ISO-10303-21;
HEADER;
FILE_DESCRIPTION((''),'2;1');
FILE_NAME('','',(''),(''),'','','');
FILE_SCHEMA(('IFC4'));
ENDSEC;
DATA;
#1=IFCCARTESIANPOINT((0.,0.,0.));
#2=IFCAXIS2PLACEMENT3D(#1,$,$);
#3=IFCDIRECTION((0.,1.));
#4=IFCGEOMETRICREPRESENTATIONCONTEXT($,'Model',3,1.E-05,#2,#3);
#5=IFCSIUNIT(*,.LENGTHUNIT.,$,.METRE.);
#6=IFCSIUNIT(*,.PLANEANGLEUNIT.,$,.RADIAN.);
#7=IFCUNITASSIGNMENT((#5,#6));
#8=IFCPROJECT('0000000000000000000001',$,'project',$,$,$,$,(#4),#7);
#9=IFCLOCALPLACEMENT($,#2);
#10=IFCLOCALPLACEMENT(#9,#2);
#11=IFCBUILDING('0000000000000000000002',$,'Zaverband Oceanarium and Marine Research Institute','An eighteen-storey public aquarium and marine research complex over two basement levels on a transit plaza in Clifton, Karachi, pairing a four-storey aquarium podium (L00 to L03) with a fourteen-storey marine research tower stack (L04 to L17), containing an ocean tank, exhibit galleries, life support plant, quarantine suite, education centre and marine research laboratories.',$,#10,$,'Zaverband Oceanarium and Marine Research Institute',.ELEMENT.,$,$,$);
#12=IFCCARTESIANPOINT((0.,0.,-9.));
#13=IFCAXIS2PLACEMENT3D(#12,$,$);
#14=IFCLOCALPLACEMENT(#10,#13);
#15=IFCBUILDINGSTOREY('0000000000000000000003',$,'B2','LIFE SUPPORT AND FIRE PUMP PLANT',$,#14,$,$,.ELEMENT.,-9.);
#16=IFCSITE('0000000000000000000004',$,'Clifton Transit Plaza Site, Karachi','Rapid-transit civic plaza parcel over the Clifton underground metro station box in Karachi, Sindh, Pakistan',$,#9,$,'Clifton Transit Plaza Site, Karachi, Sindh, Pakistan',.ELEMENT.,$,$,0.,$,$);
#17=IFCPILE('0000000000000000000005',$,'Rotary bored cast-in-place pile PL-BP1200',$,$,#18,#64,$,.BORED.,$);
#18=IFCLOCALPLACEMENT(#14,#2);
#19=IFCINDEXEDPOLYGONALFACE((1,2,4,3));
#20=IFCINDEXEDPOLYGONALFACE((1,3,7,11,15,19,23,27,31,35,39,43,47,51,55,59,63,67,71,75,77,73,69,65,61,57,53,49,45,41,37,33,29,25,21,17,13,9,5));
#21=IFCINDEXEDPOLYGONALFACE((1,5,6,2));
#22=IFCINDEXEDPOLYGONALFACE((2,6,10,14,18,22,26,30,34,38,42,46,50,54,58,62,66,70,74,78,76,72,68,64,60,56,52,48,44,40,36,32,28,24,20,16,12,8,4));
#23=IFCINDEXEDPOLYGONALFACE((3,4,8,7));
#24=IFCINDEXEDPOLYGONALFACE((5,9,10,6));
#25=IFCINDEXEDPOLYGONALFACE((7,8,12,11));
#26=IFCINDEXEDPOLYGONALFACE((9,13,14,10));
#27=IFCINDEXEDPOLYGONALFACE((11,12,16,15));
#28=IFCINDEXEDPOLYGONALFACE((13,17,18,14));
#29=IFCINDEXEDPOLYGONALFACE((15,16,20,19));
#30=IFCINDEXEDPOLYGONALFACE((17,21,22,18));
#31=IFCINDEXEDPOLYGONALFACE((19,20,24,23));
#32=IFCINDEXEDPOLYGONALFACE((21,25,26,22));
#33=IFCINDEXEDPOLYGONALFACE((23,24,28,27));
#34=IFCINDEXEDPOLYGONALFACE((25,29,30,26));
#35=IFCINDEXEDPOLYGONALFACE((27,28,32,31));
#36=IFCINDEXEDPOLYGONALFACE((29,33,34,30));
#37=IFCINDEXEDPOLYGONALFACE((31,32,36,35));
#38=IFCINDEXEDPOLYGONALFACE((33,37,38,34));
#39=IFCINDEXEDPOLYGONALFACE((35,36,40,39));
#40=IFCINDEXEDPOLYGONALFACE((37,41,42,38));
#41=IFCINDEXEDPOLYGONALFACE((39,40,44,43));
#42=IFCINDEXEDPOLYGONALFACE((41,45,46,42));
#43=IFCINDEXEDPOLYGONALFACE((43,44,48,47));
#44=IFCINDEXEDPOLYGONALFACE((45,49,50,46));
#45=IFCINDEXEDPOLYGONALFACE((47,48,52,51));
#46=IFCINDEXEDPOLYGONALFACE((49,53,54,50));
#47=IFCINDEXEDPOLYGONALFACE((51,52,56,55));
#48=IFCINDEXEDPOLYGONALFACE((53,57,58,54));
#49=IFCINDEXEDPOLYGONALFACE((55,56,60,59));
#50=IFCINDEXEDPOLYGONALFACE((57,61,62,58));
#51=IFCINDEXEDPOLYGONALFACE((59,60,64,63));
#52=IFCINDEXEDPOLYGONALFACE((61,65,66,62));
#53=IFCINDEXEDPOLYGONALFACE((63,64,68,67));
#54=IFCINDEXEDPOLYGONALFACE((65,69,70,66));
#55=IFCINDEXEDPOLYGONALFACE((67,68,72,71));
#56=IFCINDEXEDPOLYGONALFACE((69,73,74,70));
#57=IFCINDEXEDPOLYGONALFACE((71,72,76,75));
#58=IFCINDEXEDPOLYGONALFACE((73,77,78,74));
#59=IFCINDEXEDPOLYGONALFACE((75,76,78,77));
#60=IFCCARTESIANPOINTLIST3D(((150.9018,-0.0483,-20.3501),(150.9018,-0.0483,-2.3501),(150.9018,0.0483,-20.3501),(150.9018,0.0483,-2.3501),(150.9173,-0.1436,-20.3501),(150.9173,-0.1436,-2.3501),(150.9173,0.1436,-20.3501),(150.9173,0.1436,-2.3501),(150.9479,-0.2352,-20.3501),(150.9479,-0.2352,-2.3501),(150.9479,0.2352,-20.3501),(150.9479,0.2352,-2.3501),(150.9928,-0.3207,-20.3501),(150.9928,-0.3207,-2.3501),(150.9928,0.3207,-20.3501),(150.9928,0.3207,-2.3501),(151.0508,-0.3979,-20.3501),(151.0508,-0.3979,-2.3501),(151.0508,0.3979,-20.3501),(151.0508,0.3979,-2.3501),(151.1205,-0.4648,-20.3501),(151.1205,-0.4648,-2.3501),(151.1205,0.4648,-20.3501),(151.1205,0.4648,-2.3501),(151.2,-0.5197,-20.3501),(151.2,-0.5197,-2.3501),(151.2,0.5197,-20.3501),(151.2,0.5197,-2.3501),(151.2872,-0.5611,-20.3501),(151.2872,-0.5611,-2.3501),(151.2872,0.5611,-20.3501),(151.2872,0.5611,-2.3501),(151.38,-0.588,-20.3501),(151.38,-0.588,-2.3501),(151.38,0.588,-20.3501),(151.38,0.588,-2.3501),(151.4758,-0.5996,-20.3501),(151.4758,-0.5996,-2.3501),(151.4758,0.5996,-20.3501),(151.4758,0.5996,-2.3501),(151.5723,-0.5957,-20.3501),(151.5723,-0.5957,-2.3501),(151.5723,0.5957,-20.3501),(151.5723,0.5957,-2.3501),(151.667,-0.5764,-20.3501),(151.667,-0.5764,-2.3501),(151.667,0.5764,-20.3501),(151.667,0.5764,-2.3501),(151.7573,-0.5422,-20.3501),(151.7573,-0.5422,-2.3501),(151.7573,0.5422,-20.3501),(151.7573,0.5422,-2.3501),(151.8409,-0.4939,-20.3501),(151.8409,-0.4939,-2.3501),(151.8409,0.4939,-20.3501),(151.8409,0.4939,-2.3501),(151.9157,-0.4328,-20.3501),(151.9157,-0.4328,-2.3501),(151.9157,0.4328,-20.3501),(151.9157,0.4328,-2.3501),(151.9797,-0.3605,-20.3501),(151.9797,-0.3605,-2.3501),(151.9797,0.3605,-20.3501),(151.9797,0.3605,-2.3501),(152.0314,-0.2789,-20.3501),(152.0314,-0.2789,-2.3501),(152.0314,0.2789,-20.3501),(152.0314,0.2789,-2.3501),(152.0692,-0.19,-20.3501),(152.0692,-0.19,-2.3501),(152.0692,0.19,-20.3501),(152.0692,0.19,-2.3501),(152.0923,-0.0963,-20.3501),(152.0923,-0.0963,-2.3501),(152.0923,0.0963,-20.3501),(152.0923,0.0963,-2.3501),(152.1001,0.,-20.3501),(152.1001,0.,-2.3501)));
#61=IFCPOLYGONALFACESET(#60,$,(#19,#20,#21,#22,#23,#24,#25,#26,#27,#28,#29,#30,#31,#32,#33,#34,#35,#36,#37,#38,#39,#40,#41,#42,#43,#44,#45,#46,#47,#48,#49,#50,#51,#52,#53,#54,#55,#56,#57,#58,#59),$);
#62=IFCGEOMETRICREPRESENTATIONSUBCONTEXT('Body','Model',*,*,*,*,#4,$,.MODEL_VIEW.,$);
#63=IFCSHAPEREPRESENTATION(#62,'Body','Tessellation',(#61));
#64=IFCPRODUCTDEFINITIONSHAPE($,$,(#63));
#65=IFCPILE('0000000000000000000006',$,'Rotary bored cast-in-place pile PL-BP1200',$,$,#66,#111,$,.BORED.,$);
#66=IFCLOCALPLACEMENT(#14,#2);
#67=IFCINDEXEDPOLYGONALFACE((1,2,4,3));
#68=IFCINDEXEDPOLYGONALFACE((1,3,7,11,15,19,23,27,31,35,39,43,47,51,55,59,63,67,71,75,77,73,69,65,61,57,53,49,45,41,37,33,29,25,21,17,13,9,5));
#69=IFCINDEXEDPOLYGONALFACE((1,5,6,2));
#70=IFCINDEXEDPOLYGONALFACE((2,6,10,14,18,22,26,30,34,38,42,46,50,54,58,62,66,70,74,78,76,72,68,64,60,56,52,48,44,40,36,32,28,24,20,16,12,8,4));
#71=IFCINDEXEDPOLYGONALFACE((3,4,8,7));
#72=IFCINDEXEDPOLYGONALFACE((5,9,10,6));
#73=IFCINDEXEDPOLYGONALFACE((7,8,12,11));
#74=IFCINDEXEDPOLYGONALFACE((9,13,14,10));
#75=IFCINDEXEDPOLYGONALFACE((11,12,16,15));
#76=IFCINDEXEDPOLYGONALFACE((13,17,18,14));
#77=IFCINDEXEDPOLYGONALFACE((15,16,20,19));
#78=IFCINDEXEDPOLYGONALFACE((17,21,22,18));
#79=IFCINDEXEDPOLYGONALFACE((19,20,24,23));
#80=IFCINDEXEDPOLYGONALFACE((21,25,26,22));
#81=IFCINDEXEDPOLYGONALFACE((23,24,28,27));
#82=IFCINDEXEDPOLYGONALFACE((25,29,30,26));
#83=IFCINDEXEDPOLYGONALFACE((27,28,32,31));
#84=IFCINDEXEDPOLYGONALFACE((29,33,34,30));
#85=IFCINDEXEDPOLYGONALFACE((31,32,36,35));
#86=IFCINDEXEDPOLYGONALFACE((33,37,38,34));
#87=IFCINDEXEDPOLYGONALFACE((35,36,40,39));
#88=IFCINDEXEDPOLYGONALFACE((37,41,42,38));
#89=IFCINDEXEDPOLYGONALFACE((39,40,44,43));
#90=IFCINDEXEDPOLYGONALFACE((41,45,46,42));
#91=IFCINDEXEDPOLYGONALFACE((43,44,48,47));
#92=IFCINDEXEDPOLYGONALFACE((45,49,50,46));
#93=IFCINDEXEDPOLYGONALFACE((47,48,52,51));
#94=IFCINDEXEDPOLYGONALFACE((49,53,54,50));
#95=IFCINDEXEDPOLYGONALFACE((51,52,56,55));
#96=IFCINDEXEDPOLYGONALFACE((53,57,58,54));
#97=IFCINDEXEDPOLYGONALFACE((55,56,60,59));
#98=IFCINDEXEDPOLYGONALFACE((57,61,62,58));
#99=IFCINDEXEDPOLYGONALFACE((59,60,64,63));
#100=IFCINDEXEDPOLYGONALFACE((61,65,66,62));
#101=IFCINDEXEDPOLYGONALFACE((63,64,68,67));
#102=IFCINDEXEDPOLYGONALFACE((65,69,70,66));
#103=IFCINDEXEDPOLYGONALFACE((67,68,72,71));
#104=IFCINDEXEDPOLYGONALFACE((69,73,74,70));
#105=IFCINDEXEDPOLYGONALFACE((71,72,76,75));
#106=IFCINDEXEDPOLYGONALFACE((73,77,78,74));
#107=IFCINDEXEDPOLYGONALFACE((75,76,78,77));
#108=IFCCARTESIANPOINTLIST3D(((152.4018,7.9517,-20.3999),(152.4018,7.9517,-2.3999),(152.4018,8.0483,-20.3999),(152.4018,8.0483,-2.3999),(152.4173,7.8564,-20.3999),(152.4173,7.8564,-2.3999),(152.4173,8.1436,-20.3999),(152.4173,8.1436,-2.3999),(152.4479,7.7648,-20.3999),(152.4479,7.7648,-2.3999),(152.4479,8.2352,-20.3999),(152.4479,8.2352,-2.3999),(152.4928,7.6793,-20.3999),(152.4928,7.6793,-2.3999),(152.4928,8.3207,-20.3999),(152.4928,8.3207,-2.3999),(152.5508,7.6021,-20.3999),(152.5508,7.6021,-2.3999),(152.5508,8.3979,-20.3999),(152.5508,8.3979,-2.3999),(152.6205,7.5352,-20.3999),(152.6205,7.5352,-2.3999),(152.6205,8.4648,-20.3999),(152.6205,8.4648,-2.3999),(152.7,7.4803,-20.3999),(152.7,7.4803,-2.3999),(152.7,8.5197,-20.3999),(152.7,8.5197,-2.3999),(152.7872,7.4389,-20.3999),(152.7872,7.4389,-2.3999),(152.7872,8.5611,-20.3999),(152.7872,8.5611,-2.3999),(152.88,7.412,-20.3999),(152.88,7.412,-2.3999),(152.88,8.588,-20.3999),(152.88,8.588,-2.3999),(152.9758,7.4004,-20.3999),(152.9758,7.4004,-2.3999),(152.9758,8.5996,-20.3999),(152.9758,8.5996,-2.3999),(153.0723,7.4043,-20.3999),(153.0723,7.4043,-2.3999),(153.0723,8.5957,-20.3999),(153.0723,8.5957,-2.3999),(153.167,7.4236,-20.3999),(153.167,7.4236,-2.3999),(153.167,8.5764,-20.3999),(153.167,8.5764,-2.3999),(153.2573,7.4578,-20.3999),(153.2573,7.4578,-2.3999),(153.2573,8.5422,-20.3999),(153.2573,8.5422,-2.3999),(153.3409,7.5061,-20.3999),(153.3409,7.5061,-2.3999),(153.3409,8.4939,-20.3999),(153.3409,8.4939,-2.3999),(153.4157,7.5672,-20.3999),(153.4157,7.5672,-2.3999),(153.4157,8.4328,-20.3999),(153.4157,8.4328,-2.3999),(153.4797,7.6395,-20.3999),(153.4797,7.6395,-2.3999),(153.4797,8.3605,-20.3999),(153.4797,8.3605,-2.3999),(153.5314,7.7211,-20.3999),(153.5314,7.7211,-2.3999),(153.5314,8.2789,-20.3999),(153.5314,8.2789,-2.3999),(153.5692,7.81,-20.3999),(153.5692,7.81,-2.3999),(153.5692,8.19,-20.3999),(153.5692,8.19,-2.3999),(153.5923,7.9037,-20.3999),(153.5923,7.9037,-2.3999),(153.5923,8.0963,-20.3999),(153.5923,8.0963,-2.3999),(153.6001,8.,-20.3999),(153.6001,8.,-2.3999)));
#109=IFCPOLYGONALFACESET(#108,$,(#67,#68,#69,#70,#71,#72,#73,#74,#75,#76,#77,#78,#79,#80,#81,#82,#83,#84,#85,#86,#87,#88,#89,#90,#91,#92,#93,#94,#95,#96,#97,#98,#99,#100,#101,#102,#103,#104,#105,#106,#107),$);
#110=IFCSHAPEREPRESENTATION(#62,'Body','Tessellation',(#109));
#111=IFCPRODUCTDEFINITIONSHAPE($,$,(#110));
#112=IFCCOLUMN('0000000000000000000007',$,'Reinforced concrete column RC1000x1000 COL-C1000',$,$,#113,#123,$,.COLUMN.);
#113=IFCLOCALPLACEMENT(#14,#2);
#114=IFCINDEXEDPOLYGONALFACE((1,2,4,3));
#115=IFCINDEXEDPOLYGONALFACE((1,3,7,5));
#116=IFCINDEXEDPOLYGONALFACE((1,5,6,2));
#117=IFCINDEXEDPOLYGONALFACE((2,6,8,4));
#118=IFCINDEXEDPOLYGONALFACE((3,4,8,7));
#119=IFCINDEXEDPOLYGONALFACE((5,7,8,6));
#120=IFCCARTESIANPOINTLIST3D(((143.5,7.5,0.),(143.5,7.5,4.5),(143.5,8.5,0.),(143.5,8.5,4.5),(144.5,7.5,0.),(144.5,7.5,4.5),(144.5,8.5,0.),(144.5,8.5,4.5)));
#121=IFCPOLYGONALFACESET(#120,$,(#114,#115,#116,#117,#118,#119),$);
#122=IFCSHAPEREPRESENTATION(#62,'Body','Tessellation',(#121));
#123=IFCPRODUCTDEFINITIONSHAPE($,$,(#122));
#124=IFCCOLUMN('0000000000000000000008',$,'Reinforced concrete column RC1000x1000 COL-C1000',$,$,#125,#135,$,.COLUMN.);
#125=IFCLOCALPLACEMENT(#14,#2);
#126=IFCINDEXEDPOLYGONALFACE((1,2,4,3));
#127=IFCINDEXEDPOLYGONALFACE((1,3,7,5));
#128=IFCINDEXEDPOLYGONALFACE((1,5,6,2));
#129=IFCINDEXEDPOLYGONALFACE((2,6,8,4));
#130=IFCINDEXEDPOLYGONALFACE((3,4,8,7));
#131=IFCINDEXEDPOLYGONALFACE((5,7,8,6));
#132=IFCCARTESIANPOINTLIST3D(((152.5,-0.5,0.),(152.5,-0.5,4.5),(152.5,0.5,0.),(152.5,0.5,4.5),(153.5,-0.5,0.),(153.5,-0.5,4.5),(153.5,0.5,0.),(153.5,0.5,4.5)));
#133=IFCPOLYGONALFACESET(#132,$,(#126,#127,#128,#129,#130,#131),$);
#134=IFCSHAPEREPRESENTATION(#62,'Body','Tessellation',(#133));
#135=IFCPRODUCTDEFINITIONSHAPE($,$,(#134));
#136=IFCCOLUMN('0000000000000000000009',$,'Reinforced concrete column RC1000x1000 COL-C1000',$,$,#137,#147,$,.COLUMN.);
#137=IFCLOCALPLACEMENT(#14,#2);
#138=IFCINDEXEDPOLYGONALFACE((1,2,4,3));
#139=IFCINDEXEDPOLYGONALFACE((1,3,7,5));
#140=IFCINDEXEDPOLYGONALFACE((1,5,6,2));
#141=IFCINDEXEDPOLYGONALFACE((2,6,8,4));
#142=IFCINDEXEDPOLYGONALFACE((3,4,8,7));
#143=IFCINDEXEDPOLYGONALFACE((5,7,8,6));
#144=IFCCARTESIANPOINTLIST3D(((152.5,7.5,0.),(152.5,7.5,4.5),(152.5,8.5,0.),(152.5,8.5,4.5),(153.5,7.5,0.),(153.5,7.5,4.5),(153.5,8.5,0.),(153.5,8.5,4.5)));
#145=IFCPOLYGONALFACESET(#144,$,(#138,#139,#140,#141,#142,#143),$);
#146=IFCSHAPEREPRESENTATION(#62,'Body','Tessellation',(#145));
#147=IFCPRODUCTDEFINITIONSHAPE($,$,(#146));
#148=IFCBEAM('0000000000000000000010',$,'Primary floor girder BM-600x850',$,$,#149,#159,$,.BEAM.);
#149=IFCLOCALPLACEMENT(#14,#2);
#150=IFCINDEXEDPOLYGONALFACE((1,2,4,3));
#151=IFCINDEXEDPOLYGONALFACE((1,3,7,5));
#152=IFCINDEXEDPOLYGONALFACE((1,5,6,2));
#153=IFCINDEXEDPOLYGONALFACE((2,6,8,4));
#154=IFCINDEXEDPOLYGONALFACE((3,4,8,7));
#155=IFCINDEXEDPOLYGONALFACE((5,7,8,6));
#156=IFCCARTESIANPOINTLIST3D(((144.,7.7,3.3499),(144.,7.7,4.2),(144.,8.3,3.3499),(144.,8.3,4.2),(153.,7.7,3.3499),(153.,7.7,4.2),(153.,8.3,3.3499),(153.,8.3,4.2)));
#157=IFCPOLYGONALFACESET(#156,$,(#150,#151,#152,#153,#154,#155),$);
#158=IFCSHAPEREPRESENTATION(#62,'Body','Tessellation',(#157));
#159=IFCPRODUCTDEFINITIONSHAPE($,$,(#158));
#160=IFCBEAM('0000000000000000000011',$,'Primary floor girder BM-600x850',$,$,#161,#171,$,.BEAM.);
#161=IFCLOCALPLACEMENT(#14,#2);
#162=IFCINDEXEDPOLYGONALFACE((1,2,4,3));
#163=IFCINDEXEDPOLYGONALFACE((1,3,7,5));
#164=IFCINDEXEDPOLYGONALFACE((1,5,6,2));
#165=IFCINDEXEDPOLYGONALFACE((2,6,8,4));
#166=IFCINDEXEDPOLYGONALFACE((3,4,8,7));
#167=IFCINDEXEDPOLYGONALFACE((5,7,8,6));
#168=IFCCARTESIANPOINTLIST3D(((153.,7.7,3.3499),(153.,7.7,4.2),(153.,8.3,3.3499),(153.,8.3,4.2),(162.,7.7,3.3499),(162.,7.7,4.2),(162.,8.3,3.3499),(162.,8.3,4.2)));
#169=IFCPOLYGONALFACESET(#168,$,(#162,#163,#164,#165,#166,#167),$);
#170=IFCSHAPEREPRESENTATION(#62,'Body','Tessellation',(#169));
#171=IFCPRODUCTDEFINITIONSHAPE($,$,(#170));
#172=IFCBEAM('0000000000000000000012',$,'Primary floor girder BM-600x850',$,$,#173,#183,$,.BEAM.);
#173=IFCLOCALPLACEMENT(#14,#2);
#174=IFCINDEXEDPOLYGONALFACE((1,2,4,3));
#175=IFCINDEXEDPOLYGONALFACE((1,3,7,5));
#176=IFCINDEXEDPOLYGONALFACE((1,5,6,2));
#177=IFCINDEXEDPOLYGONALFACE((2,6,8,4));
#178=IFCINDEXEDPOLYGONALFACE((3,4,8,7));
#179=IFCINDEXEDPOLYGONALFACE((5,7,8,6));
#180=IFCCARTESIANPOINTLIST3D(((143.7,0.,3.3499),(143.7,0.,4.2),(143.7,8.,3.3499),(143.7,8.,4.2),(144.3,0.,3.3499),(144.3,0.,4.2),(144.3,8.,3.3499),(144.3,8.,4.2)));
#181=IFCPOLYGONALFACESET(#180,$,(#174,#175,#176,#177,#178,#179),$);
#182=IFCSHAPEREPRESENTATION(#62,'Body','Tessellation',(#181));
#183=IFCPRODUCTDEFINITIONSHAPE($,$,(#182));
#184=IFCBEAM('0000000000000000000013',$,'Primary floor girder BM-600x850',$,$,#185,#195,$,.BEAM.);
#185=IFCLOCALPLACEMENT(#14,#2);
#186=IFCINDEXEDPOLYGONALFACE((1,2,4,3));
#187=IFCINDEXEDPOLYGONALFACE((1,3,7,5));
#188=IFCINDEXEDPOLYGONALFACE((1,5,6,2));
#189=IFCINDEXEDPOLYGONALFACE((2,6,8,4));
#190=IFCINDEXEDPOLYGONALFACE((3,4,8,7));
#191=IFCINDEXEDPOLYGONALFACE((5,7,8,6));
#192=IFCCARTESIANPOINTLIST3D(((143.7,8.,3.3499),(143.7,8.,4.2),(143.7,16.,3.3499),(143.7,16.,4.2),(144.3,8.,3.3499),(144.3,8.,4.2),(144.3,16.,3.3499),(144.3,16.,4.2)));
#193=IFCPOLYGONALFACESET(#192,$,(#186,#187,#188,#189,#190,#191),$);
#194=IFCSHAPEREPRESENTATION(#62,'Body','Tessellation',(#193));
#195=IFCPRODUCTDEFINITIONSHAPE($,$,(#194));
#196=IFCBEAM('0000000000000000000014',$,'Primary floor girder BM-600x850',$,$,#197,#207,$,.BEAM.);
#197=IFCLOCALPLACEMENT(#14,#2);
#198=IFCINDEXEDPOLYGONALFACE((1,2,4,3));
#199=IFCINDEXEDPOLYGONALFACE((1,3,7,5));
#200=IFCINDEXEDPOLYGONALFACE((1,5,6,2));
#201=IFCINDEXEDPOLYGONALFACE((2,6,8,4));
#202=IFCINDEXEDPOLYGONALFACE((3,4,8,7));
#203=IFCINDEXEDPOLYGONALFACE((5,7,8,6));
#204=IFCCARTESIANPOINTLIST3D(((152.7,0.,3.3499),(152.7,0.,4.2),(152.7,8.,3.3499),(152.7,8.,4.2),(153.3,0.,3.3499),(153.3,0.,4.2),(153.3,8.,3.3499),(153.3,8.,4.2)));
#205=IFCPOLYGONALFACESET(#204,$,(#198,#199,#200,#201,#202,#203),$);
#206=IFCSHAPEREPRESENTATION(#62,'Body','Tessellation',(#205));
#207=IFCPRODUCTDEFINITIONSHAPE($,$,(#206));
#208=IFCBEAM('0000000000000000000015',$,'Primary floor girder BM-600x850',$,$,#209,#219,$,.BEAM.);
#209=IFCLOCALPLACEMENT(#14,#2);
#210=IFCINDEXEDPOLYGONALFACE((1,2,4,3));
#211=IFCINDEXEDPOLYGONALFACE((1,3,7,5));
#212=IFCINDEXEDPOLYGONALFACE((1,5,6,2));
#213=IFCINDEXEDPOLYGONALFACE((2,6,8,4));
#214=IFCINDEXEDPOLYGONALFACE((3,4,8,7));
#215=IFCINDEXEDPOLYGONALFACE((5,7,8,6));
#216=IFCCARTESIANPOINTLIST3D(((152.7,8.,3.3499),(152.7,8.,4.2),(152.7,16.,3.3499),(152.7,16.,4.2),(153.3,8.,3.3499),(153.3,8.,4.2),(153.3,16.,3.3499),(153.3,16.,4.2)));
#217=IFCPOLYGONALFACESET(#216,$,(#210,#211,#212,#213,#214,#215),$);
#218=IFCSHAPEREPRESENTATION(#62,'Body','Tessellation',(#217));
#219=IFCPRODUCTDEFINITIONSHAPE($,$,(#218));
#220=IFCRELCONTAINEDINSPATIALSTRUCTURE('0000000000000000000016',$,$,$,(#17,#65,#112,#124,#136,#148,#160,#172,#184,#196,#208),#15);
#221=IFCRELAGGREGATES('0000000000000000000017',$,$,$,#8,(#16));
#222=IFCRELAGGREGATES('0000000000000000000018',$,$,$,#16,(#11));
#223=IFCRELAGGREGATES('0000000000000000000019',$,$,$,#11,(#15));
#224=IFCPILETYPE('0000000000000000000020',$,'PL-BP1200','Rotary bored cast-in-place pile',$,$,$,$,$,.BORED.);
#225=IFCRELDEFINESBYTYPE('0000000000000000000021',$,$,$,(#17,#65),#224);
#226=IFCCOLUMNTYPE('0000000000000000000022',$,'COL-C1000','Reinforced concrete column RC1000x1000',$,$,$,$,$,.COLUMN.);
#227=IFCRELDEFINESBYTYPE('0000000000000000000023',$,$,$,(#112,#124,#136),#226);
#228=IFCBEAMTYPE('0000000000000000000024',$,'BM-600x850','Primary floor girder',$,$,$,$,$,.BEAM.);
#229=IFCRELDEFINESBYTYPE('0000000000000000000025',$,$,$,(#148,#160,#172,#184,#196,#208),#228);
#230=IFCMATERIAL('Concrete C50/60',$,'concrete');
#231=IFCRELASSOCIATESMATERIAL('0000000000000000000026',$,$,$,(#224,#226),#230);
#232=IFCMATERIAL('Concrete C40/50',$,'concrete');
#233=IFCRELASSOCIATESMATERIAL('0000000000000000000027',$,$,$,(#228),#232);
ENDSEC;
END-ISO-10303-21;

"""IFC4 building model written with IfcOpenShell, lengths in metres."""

from ifc_helpers import new_model, si_unit, direction, frame, origin, origin_2d, place, context, subcontext, project, spatial, rectangle, circle, extrude, material, material_profile, profile_set, type_object, element, save


model = new_model("IFC4")

# Units and contexts
model_context = context("Model", 3, precision=1e-05, world=origin(), true_north=direction((0.0, 1.0)))
body_context = subcontext(model_context, "Body", "Model", "MODEL_VIEW")
ifc_project = project(units=[si_unit("LENGTHUNIT", "METRE"), si_unit("PLANEANGLEUNIT", "RADIAN")], contexts=[model_context])

# Site, building, storey
site_placement = place(None, origin())
site = spatial("IfcSite", under=ifc_project, at=site_placement, Name="Clifton Transit Plaza Site, Karachi", Description="Rapid-transit civic plaza parcel over the Clifton underground metro station box in Karachi, Sindh, Pakistan", LongName="Clifton Transit Plaza Site, Karachi, Sindh, Pakistan", CompositionType="ELEMENT", RefElevation=0.0)
building_placement = place(site_placement, origin())
building = spatial("IfcBuilding", under=site, at=building_placement, Name="Zaverband Oceanarium and Marine Research Institute", Description="An eighteen-storey public aquarium and marine research complex over two basement levels on a transit plaza in Clifton, Karachi, pairing a four-storey aquarium podium (L00 to L03) with a fourteen-storey marine research tower stack (L04 to L17), containing an ocean tank, exhibit galleries, life support plant, quarantine suite, education centre and marine research laboratories.", LongName="Zaverband Oceanarium and Marine Research Institute", CompositionType="ELEMENT")
storey_placement = place(building_placement, frame((0.0, 0.0, -9.0)))
storey = spatial("IfcBuildingStorey", under=building, at=storey_placement, Name="B2", Description="LIFE SUPPORT AND FIRE PUMP PLANT", CompositionType="ELEMENT", Elevation=-9.0)

# Shared definitions
ifc_material_1 = material(Name="Concrete C50/60", Category="concrete")

# Piles
ifc_material_profile_1 = material_profile(ifc_material_1, circle(Radius=0.6001, at=origin_2d()), Name="BP1200")
ifc_profile_set_1 = profile_set([ifc_material_profile_1], Name="Concrete C50/60")
pile_type = type_object("IfcPileType", Name="PL-BP1200", Description="Rotary bored cast-in-place pile", PredefinedType="BORED", material=ifc_profile_set_1)
for number, where, z_axis, x_axis, name in (
    (1, (151.5, 0.0, -2.3501), (0.0, 0.0, -1.0), (1.0, 0.0, 0.0), "Rotary bored cast-in-place pile PL-BP1200"),
    (2, (153.0, 8.0, -2.3999), (0.0, 0.0, -1.0), (1.0, 0.0, 0.0), "Rotary bored cast-in-place pile PL-BP1200"),
):
    element("IfcPile", number, at=place(storey_placement, frame(where, z_axis=z_axis, x_axis=x_axis)), inside=storey, type_object=pile_type, Name=name, PredefinedType="BORED", context=body_context, shape_type="SweptSolid", body=[
        extrude(circle(Radius=0.6001, at=origin_2d()), origin(), (0.0, 0.0, 1.0), 18.0),
    ])

# Columns
ifc_material_profile_2 = material_profile(ifc_material_1, rectangle(XDim=1.0, YDim=1.0, at=origin_2d()), Name="RC1000x1000")
ifc_profile_set_2 = profile_set([ifc_material_profile_2], Name="Concrete C50/60")
column_type = type_object("IfcColumnType", Name="COL-C1000", Description="Reinforced concrete column RC1000x1000", PredefinedType="COLUMN", material=ifc_profile_set_2)
for number, where, z_axis, x_axis, name in (
    (3, (144.0, 8.0, 0.0), (0.0, 0.0, 1.0), (1.0, 0.0, 0.0), "Reinforced concrete column RC1000x1000 COL-C1000"),
    (4, (153.0, 0.0, 0.0), (0.0, 0.0, 1.0), (1.0, 0.0, 0.0), "Reinforced concrete column RC1000x1000 COL-C1000"),
    (5, (153.0, 8.0, 0.0), (0.0, 0.0, 1.0), (1.0, 0.0, 0.0), "Reinforced concrete column RC1000x1000 COL-C1000"),
):
    element("IfcColumn", number, at=place(storey_placement, frame(where, z_axis=z_axis, x_axis=x_axis)), inside=storey, type_object=column_type, Name=name, PredefinedType="COLUMN", context=body_context, shape_type="SweptSolid", body=[
        extrude(rectangle(XDim=1.0, YDim=1.0, at=origin_2d()), origin(), (0.0, 0.0, 1.0), 4.5),
    ])

# Beams
ifc_material_2 = material(Name="Concrete C40/50", Category="concrete")
ifc_material_profile_3 = material_profile(ifc_material_2, rectangle(XDim=0.6001, YDim=0.8501, at=origin_2d()), Name="RC600x850")
ifc_profile_set_3 = profile_set([ifc_material_profile_3], Name="Concrete C40/50")
beam_type_1 = type_object("IfcBeamType", Name="BM-600x850", Description="Primary floor girder", PredefinedType="BEAM", material=ifc_profile_set_3)
for number, where, z_axis, x_axis, name in (
    (6, (144.0, 8.0, 3.7749), (1.0, 0.0, 0.0), (0.0, 1.0, 0.0), "Primary floor girder BM-600x850"),
    (7, (153.0, 8.0, 3.7749), (1.0, 0.0, 0.0), (0.0, 1.0, 0.0), "Primary floor girder BM-600x850"),
):
    element("IfcBeam", number, at=place(storey_placement, frame(where, z_axis=z_axis, x_axis=x_axis)), inside=storey, type_object=beam_type_1, Name=name, PredefinedType="BEAM", context=body_context, shape_type="SweptSolid", body=[
        extrude(rectangle(XDim=0.6001, YDim=0.8501, at=origin_2d()), origin(), (0.0, 0.0, 1.0), 9.0),
    ])
for number, where, z_axis, x_axis, name in (
    (8, (144.0, 0.0, 3.7749), (0.0, 1.0, 0.0), (-1.0, 0.0, 0.0), "Primary floor girder BM-600x850"),
    (9, (144.0, 8.0, 3.7749), (0.0, 1.0, 0.0), (-1.0, 0.0, 0.0), "Primary floor girder BM-600x850"),
    (10, (153.0, 0.0, 3.7749), (0.0, 1.0, 0.0), (-1.0, 0.0, 0.0), "Primary floor girder BM-600x850"),
    (11, (153.0, 8.0, 3.7749), (0.0, 1.0, 0.0), (-1.0, 0.0, 0.0), "Primary floor girder BM-600x850"),
):
    element("IfcBeam", number, at=place(storey_placement, frame(where, z_axis=z_axis, x_axis=x_axis)), inside=storey, type_object=beam_type_1, Name=name, PredefinedType="BEAM", context=body_context, shape_type="SweptSolid", body=[
        extrude(rectangle(XDim=0.6001, YDim=0.8501, at=origin_2d()), origin(), (0.0, 0.0, 1.0), 8.0),
    ])

save(model, "model.ifc")
